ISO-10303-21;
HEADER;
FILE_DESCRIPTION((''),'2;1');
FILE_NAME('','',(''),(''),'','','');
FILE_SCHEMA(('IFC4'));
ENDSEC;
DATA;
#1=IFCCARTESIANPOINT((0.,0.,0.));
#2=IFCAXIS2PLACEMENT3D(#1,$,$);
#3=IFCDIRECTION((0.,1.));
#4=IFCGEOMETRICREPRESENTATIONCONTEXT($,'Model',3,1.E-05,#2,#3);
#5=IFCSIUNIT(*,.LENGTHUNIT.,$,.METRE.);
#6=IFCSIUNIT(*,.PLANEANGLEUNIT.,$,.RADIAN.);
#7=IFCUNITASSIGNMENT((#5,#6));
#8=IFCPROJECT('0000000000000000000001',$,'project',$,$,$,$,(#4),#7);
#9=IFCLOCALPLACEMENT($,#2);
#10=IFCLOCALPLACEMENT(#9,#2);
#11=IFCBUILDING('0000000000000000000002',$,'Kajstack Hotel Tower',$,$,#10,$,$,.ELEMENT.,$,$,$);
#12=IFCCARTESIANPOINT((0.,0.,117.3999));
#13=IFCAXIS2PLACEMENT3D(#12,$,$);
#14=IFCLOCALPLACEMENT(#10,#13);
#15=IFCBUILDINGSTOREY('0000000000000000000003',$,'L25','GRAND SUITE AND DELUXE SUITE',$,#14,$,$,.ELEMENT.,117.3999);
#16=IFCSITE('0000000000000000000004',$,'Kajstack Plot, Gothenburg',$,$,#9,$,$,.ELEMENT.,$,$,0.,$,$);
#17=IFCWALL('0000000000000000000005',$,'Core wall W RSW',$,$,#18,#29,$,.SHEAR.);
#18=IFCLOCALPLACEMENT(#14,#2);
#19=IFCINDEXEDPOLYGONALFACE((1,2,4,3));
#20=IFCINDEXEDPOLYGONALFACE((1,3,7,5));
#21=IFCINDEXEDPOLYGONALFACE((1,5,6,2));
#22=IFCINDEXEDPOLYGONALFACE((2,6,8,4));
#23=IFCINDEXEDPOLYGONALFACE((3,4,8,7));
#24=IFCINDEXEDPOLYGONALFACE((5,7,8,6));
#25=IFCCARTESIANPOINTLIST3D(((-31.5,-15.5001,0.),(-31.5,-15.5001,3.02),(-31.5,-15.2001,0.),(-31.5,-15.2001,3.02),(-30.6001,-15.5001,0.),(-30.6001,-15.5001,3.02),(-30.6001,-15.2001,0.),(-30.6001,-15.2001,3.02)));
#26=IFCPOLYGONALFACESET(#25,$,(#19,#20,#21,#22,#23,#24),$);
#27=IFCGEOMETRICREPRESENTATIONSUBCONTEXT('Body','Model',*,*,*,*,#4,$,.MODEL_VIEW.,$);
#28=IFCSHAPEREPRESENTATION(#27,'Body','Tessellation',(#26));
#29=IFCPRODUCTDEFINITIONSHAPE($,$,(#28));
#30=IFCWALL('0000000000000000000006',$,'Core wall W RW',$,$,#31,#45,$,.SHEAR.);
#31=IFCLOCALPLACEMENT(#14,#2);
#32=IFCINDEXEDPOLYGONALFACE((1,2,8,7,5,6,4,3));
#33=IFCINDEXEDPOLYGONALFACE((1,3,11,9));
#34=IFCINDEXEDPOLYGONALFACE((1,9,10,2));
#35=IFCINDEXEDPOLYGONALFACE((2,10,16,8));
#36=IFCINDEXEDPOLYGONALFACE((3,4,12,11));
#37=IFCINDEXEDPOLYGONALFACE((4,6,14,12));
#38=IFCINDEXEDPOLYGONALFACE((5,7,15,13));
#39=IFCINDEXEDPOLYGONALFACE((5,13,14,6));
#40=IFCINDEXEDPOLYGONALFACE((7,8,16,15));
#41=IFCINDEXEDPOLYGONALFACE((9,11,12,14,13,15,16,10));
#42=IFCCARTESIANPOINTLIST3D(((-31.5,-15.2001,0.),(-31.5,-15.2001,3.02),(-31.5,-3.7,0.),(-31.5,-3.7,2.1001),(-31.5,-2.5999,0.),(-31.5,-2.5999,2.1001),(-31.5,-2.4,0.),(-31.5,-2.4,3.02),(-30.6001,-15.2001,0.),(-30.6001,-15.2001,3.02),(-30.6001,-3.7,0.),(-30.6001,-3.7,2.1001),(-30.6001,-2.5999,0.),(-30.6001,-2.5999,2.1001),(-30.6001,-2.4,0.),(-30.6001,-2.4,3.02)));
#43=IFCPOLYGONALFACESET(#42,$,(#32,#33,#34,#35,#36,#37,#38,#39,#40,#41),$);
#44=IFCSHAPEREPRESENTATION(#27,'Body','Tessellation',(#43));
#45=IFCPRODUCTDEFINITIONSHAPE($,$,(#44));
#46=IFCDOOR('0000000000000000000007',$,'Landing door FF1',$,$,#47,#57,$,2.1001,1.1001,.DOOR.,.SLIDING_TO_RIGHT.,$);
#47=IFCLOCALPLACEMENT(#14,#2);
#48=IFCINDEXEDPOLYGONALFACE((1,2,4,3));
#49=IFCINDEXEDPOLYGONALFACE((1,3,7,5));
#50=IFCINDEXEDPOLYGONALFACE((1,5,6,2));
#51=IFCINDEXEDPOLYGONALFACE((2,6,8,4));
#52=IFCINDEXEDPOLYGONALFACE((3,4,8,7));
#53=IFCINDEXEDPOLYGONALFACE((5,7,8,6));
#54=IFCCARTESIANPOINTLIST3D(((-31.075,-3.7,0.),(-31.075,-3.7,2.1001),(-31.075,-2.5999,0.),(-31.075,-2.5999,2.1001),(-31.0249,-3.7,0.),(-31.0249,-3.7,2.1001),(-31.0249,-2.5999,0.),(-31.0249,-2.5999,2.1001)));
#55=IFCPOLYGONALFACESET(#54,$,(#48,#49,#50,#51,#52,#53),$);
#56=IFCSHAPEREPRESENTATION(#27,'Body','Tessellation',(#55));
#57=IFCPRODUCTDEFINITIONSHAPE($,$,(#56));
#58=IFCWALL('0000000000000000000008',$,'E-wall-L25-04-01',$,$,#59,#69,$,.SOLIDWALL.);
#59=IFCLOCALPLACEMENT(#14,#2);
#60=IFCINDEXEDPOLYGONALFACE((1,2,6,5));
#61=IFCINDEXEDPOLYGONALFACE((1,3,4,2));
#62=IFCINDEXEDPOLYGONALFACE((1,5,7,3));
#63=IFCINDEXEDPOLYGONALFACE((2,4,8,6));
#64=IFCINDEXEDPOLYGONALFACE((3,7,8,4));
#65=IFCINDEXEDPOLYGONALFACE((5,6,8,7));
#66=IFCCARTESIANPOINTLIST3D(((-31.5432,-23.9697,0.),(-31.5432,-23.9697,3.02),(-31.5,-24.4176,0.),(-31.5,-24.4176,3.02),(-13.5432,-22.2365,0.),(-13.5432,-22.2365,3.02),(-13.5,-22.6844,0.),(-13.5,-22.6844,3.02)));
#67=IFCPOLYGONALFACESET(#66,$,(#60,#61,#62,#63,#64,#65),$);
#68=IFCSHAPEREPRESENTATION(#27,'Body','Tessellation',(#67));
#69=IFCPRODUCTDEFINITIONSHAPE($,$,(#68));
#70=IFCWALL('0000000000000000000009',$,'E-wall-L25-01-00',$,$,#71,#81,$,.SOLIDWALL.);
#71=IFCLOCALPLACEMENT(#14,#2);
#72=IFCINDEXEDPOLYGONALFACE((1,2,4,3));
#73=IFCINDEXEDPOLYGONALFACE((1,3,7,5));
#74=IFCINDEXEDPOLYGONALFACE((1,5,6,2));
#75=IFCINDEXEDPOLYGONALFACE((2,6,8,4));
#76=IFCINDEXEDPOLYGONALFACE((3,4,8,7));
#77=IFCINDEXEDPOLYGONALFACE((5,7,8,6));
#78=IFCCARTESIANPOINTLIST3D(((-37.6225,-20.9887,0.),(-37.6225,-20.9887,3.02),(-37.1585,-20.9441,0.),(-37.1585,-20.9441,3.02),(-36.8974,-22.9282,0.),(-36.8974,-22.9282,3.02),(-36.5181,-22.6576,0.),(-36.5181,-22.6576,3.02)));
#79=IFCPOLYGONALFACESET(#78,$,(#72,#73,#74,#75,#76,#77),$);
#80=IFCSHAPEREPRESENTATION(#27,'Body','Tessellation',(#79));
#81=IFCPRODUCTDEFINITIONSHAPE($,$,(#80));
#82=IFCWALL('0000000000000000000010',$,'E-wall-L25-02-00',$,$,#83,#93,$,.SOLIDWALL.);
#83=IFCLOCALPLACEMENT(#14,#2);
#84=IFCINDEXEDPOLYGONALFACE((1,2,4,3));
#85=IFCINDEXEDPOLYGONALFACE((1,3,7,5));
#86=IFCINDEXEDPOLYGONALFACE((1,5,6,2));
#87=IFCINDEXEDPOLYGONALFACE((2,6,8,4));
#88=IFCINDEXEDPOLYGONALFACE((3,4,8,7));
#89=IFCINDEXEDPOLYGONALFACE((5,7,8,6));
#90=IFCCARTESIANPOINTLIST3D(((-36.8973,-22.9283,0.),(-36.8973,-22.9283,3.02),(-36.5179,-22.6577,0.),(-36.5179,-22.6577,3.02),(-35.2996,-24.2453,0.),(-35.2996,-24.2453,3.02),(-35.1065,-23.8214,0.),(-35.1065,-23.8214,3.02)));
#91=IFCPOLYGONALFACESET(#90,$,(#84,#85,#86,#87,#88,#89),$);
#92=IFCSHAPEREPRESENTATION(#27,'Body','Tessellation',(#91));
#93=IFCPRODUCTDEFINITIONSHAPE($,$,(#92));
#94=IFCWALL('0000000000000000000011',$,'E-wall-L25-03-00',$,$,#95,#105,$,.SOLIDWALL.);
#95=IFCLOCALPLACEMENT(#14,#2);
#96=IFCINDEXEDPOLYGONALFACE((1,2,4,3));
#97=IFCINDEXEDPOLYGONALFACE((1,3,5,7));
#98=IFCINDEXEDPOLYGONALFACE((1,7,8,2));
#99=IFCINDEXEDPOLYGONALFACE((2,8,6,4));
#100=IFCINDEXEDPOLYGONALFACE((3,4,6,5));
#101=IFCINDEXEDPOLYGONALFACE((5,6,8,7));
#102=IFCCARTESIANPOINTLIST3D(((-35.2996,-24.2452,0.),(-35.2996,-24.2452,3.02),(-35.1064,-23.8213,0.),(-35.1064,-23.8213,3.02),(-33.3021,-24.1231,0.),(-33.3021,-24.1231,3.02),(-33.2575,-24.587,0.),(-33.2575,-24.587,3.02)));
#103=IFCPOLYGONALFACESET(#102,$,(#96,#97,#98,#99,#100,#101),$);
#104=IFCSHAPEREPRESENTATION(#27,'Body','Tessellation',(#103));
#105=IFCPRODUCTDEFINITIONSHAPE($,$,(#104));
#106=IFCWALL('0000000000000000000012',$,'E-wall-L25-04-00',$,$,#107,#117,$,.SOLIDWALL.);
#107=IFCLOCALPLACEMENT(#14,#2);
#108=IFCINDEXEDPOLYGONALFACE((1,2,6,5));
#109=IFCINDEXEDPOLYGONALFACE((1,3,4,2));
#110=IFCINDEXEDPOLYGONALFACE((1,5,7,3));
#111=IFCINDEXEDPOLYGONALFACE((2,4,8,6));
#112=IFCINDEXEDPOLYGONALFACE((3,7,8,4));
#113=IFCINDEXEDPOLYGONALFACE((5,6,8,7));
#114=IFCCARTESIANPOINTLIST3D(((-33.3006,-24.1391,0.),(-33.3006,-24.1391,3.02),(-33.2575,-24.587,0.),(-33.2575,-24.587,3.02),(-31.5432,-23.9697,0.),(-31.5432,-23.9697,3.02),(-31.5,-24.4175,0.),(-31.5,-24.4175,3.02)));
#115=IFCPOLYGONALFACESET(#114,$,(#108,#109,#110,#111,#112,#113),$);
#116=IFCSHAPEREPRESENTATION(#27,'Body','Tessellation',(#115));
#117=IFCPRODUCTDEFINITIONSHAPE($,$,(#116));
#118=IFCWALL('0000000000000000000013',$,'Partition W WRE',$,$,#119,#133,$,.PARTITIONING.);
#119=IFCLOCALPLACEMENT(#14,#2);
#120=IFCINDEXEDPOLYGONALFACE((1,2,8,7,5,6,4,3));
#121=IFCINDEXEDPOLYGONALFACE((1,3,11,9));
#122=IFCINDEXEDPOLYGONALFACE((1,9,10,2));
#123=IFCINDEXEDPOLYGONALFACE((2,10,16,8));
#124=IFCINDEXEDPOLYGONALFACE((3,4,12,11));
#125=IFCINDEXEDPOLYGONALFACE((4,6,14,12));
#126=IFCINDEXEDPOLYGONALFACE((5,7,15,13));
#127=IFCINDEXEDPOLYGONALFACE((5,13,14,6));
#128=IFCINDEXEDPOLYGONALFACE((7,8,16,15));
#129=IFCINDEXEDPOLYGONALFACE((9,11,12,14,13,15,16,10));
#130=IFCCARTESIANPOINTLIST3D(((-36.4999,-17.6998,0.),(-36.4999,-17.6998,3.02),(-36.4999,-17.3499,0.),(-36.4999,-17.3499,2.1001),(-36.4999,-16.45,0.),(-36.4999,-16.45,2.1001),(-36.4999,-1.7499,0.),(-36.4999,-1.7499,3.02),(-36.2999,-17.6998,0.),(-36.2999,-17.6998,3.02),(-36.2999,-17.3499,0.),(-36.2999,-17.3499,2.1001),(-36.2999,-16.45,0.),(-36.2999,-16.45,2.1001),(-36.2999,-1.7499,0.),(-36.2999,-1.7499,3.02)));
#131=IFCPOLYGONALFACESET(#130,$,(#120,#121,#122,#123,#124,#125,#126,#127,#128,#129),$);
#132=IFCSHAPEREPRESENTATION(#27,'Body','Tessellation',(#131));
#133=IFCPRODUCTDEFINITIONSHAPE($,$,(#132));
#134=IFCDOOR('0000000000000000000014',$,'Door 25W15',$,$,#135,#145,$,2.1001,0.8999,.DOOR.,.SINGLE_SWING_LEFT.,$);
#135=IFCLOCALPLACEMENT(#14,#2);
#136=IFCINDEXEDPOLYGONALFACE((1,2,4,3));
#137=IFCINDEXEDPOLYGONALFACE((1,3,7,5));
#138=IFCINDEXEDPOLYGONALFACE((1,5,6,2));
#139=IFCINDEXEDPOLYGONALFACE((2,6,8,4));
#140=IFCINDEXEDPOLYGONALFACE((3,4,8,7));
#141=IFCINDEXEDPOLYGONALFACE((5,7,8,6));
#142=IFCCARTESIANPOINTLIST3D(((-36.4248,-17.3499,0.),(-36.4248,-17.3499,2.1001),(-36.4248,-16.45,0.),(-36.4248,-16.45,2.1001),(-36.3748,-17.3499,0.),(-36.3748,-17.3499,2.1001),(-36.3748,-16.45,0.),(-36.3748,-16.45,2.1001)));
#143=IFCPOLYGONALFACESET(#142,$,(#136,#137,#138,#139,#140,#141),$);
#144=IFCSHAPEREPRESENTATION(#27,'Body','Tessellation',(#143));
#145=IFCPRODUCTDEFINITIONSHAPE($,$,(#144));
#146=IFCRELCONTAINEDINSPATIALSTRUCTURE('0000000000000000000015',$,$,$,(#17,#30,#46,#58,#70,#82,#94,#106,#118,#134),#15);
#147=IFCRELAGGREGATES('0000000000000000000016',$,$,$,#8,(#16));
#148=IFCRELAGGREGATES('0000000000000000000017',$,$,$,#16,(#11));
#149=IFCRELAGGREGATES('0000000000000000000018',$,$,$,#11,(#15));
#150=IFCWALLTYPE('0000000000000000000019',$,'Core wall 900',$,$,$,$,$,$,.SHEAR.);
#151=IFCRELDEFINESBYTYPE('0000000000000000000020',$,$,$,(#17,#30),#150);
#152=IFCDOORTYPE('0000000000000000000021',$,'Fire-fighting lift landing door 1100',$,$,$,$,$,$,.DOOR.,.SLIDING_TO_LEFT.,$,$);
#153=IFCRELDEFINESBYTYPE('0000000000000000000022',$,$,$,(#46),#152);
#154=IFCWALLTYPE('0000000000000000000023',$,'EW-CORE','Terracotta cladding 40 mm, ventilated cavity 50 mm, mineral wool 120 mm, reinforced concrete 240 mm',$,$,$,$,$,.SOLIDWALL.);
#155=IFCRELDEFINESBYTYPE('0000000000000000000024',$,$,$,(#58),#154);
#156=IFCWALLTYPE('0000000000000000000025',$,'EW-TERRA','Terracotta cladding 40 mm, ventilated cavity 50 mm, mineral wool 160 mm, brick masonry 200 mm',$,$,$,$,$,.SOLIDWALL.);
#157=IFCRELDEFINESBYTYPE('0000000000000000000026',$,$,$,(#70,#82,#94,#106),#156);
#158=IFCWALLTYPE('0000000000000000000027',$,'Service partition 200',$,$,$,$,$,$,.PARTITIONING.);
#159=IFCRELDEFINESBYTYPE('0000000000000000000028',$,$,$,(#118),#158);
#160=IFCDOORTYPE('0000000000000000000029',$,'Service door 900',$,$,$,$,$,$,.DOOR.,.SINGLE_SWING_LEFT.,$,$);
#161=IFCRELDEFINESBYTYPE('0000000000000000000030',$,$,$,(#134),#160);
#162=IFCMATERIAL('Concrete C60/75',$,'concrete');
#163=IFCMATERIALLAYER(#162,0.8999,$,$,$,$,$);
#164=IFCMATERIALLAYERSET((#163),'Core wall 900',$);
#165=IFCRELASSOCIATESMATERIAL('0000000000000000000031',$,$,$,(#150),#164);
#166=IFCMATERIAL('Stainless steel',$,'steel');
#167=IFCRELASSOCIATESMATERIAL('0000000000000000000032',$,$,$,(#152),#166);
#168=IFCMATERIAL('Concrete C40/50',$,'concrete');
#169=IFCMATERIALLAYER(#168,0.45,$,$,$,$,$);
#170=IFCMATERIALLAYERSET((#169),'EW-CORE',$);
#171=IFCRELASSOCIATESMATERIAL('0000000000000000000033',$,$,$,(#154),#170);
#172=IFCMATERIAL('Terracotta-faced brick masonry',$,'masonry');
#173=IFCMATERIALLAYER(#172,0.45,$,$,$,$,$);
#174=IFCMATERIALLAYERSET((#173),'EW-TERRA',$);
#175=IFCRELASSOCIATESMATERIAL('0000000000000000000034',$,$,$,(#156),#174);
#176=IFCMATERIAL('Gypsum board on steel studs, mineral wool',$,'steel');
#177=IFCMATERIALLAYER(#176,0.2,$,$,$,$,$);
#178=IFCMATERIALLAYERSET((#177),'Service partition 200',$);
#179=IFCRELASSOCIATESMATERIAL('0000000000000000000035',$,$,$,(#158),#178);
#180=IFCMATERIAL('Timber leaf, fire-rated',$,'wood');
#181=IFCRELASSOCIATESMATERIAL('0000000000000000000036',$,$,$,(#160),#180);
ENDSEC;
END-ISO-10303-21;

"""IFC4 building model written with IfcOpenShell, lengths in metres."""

from ifc_helpers import new_model, si_unit, direction, frame, frame_2d, origin, place, context, subcontext, project, spatial, polyline, rectangle, outline, extrude, material, layer, layer_set, type_object, element, fill, save


model = new_model("IFC4")

# Units and contexts
model_context = context("Model", 3, precision=1e-05, world=origin(), true_north=direction((0.0, 1.0)))
body_context = subcontext(model_context, "Body", "Model", "MODEL_VIEW")
ifc_project = project(units=[si_unit("LENGTHUNIT", "METRE"), si_unit("PLANEANGLEUNIT", "RADIAN")], contexts=[model_context])

# Site, building, storey
site_placement = place(None, origin())
site = spatial("IfcSite", under=ifc_project, at=site_placement, Name="Kajstack Plot, Gothenburg", CompositionType="ELEMENT", RefElevation=0.0)
building_placement = place(site_placement, origin())
building = spatial("IfcBuilding", under=site, at=building_placement, Name="Kajstack Hotel Tower", CompositionType="ELEMENT")
storey_placement = place(building_placement, frame((0.0, 0.0, 117.3999)))
storey = spatial("IfcBuildingStorey", under=building, at=storey_placement, Name="L25", Description="GRAND SUITE AND DELUXE SUITE", CompositionType="ELEMENT", Elevation=117.3999)

# Wall
ifc_material_1 = material(Name="Concrete C60/75", Category="concrete")
ifc_layer_1 = layer(ifc_material_1, 0.8999)
ifc_layer_set_1 = layer_set([ifc_layer_1], Name="Core wall 900")
wall_type_1 = type_object("IfcWallType", Name="Core wall 900", PredefinedType="SHEAR", material=ifc_layer_set_1)
wall_1_placement = place(storey_placement, frame((-31.5, -15.3501, 0.0), z_axis=(0.0, 0.0, 1.0), x_axis=(1.0, 0.0, 0.0)))
element("IfcWall", 1, at=wall_1_placement, inside=storey, type_object=wall_type_1, Name="Core wall W RSW", PredefinedType="SHEAR", context=body_context, shape_type="SweptSolid", body=[
    extrude(rectangle(XDim=0.8999, YDim=0.3, at=frame_2d((0.45, 0.0))), origin(), (0.0, 0.0, 1.0), 3.02),
])

# Wall, opening, door
wall_2_placement = place(storey_placement, frame((-31.05, -15.2, 0.0), z_axis=(0.0, 0.0, 1.0), x_axis=(0.0, 1.0, 0.0)))
wall_2 = element("IfcWall", 2, at=wall_2_placement, inside=storey, type_object=wall_type_1, Name="Core wall W RW", PredefinedType="SHEAR", context=body_context, shape_type="SweptSolid", body=[
    extrude(rectangle(XDim=12.8, YDim=0.8999, at=frame_2d((6.3999, 0.0))), origin(), (0.0, 0.0, 1.0), 3.02),
])
opening_1_placement = place(wall_2_placement, frame((11.5, 0.0, 0.0)))
opening_1 = element("IfcOpeningElement", 3, at=opening_1_placement, cuts=wall_2, PredefinedType="OPENING", context=body_context, shape_type="SweptSolid", body=[
    extrude(rectangle(XDim=1.1001, YDim=2.1001, at=frame_2d((0.55, 1.05))), frame((0.0, 0.46, 0.0), z_axis=(0.0, -1.0, 0.0), x_axis=(1.0, 0.0, 0.0)), (0.0, 0.0, 1.0), 0.9199),
])
ifc_material_2 = material(Name="Stainless steel", Category="steel")
door_type_1 = type_object("IfcDoorType", Name="Fire-fighting lift landing door 1100", OperationType="SLIDING_TO_LEFT", PredefinedType="DOOR", material=ifc_material_2)
door_1_placement = place(opening_1_placement, origin())
door_1 = element("IfcDoor", 4, at=door_1_placement, inside=storey, type_object=door_type_1, Name="Landing door FF1", OperationType="SLIDING_TO_RIGHT", OverallHeight=2.1001, OverallWidth=1.1001, PredefinedType="DOOR", context=body_context, shape_type="SweptSolid", body=[
    extrude(rectangle(XDim=1.1001, YDim=2.1001, at=frame_2d((0.55, 1.05))), frame((0.0, 0.0249, 0.0), z_axis=(0.0, -1.0, 0.0), x_axis=(1.0, 0.0, 0.0)), (0.0, 0.0, 1.0), 0.05),
])
fill(opening_1, door_1)

# Walls
ifc_material_3 = material(Name="Concrete C40/50", Category="concrete")
ifc_layer_2 = layer(ifc_material_3, 0.45)
ifc_layer_set_2 = layer_set([ifc_layer_2], Name="EW-CORE")
wall_type_2 = type_object("IfcWallType", Name="EW-CORE", Description="Terracotta cladding 40 mm, ventilated cavity 50 mm, mineral wool 120 mm, reinforced concrete 240 mm", PredefinedType="SOLIDWALL", material=ifc_layer_set_2)
wall_3_placement = place(storey_placement, frame((-31.5215, -24.1936, 0.0), z_axis=(0.0, 0.0, 1.0), x_axis=(0.995396, 0.095843, 0.0)))
element("IfcWall", 5, at=wall_3_placement, inside=storey, type_object=wall_type_2, Name="E-wall-L25-04-01", PredefinedType="SOLIDWALL", context=body_context, shape_type="SweptSolid", body=[
    extrude(rectangle(XDim=18.0833, YDim=0.45, at=frame_2d((9.0415, 0.0))), origin(), (0.0, 0.0, 1.0), 3.02),
])
ifc_material_4 = material(Name="Terracotta-faced brick masonry", Category="masonry")
ifc_layer_3 = layer(ifc_material_4, 0.45)
ifc_layer_set_3 = layer_set([ifc_layer_3], Name="EW-TERRA")
wall_type_3 = type_object("IfcWallType", Name="EW-TERRA", Description="Terracotta cladding 40 mm, ventilated cavity 50 mm, mineral wool 160 mm, brick masonry 200 mm", PredefinedType="SOLIDWALL", material=ifc_layer_set_3)
for number, where, z_axis, x_axis, name in (
    (6, (-37.4116, -20.9099, 0.0), (0.0, 0.0, 1.0), (0.350193, -0.936678, 0.0), "E-wall-L25-01-00"),
    (7, (-36.7542, -22.7546, 0.0), (0.0, 0.0, 1.0), (0.771651, -0.636046, 0.0), "E-wall-L25-02-00"),
):
    element("IfcWall", number, at=place(storey_placement, frame(where, z_axis=z_axis, x_axis=x_axis)), inside=storey, type_object=wall_type_3, Name=name, PredefinedType="SOLIDWALL", context=body_context, shape_type="SweptSolid", body=[
        extrude(outline(polyline([(0.0, -0.2251), (2.0706, -0.2251), (1.95, 0.2249), (0.1206, 0.2251), (0.0, -0.2251)])), origin(), (0.0, 0.0, 1.0), 3.02),
    ])
wall_4_placement = place(storey_placement, frame((-35.2625, -24.0232, 0.0), z_axis=(0.0, 0.0, 1.0), x_axis=(0.986279, -0.165087, 0.0)))
element("IfcWall", 8, at=wall_4_placement, inside=storey, type_object=wall_type_3, Name="E-wall-L25-03-00", PredefinedType="SOLIDWALL", context=body_context, shape_type="SweptSolid", body=[
    extrude(outline(polyline([(0.0, -0.2251), (2.0706, -0.2251), (1.95, 0.2251), (0.1206, 0.2249), (0.0, -0.2251)])), origin(), (0.0, 0.0, 1.0), 3.02),
])
wall_5_placement = place(storey_placement, frame((-33.2791, -24.363, 0.0), z_axis=(0.0, 0.0, 1.0), x_axis=(0.995385, 0.095957, 0.0)))
element("IfcWall", 9, at=wall_5_placement, inside=storey, type_object=wall_type_3, Name="E-wall-L25-04-00", PredefinedType="SOLIDWALL", context=body_context, shape_type="SweptSolid", body=[
    extrude(rectangle(XDim=1.7656, YDim=0.45, at=frame_2d((0.8828, 0.0))), origin(), (0.0, 0.0, 1.0), 3.02),
])

# Wall, opening, door
ifc_material_5 = material(Name="Gypsum board on steel studs, mineral wool", Category="steel")
ifc_layer_4 = layer(ifc_material_5, 0.2)
ifc_layer_set_4 = layer_set([ifc_layer_4], Name="Service partition 200")
wall_type_4 = type_object("IfcWallType", Name="Service partition 200", PredefinedType="PARTITIONING", material=ifc_layer_set_4)
wall_6_placement = place(storey_placement, frame((-36.3999, -17.7, 0.0), z_axis=(0.0, 0.0, 1.0), x_axis=(0.0, 1.0, 0.0)))
wall_6 = element("IfcWall", 10, at=wall_6_placement, inside=storey, type_object=wall_type_4, Name="Partition W WRE", PredefinedType="PARTITIONING", context=body_context, shape_type="SweptSolid", body=[
    extrude(rectangle(XDim=15.95, YDim=0.2, at=frame_2d((7.9751, 0.0))), origin(), (0.0, 0.0, 1.0), 3.02),
])
opening_2_placement = place(wall_6_placement, frame((0.3501, 0.0, 0.0)))
opening_2 = element("IfcOpeningElement", 11, at=opening_2_placement, cuts=wall_6, PredefinedType="OPENING", context=body_context, shape_type="SweptSolid", body=[
    extrude(rectangle(XDim=0.8999, YDim=2.1001, at=frame_2d((0.45, 1.05))), frame((0.0, 0.1099, 0.0), z_axis=(0.0, -1.0, 0.0), x_axis=(1.0, 0.0, 0.0)), (0.0, 0.0, 1.0), 0.22),
])
ifc_material_6 = material(Name="Timber leaf, fire-rated", Category="wood")
door_type_2 = type_object("IfcDoorType", Name="Service door 900", OperationType="SINGLE_SWING_LEFT", PredefinedType="DOOR", material=ifc_material_6)
door_2_placement = place(opening_2_placement, origin())
door_2 = element("IfcDoor", 12, at=door_2_placement, inside=storey, type_object=door_type_2, Name="Door 25W15", OperationType="SINGLE_SWING_LEFT", OverallHeight=2.1001, OverallWidth=0.8999, PredefinedType="DOOR", context=body_context, shape_type="SweptSolid", body=[
    extrude(rectangle(XDim=0.8999, YDim=2.1001, at=frame_2d((0.45, 1.05))), frame((0.0, 0.0249, 0.0), z_axis=(0.0, -1.0, 0.0), x_axis=(1.0, 0.0, 0.0)), (0.0, 0.0, 1.0), 0.05),
])
fill(opening_2, door_2)

save(model, "model.ifc")
